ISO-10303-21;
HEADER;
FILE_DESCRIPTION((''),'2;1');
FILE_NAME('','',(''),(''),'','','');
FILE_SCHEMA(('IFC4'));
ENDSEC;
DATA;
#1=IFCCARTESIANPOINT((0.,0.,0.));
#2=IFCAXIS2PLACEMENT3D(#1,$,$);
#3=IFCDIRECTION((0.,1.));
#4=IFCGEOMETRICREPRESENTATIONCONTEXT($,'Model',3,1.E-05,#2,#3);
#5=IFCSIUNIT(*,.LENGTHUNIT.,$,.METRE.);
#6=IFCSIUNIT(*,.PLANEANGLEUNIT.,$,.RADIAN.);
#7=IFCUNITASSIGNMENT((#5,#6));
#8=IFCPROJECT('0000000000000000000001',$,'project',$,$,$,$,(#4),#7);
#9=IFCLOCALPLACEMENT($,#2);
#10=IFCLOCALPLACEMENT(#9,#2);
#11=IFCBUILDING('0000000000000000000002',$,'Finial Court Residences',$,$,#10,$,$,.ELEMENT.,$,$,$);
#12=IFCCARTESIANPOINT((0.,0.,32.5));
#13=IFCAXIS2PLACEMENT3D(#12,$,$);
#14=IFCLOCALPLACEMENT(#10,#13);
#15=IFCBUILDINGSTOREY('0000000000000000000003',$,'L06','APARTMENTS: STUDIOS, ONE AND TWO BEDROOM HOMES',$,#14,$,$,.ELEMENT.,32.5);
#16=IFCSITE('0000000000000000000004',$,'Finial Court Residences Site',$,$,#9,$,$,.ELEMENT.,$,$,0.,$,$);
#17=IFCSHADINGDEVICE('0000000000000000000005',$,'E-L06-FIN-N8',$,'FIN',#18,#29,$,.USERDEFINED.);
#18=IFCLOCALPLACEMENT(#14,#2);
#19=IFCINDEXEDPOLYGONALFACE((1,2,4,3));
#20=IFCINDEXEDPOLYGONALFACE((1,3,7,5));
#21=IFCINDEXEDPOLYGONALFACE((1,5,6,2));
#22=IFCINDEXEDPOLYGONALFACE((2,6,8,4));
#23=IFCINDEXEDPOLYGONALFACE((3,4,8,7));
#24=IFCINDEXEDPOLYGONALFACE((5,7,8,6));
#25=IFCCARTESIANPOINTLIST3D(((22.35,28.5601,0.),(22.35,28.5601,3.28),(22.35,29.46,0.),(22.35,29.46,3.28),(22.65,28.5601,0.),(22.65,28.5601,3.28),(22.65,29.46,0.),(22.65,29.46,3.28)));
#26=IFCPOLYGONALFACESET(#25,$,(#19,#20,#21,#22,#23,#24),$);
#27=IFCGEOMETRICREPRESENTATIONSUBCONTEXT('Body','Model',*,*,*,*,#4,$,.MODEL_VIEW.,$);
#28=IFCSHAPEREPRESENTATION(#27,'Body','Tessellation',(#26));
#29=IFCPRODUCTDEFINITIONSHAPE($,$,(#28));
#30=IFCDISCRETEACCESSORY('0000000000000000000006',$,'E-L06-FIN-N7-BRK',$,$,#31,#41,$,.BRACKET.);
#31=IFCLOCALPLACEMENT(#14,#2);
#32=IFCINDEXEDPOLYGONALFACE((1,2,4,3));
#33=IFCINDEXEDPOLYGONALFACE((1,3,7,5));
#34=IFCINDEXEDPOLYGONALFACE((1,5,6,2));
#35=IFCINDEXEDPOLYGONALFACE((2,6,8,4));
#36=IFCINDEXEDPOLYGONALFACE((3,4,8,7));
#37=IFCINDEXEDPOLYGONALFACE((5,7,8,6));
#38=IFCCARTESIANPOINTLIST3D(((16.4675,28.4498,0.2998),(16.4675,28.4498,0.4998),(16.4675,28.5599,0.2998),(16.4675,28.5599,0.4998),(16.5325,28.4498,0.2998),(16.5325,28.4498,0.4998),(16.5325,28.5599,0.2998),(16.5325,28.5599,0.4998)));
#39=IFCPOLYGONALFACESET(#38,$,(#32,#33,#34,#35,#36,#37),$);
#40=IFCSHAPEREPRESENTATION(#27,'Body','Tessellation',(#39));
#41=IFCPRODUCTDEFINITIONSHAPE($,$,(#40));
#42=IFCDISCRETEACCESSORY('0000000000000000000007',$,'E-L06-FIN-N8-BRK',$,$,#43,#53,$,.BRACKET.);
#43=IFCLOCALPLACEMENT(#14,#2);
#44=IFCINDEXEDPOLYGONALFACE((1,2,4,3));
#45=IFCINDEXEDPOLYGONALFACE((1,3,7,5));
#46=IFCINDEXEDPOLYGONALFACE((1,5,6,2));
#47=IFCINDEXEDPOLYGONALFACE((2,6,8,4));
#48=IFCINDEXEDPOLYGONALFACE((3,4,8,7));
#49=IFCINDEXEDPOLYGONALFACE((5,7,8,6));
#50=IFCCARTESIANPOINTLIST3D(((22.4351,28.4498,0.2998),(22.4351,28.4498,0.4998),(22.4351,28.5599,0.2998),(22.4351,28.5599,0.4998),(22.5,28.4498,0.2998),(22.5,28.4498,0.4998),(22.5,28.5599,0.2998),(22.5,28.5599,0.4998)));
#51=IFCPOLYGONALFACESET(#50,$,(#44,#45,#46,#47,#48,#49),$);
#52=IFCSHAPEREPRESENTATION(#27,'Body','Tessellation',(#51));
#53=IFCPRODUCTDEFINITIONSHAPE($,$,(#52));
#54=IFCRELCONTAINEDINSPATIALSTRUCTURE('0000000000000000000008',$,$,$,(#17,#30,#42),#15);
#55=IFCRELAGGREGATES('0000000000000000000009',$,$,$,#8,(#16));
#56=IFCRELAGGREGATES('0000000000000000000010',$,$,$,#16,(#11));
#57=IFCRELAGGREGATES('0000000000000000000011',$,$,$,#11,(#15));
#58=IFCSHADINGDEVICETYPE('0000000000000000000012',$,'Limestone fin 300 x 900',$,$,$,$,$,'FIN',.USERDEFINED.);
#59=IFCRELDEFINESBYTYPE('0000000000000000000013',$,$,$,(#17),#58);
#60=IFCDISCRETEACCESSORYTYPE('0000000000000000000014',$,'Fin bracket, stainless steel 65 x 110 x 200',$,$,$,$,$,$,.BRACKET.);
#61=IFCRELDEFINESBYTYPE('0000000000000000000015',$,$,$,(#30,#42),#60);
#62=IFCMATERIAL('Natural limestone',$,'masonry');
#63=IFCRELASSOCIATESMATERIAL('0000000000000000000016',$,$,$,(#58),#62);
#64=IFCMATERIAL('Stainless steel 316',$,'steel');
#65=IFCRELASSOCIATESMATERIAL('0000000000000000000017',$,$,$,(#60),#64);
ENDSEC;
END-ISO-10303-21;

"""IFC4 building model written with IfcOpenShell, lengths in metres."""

from ifc_helpers import new_model, si_unit, direction, frame, origin, origin_2d, place, context, subcontext, project, spatial, rectangle, extrude, material, type_object, element, save


model = new_model("IFC4")

# Units and contexts
model_context = context("Model", 3, precision=1e-05, world=origin(), true_north=direction((0.0, 1.0)))
body_context = subcontext(model_context, "Body", "Model", "MODEL_VIEW")
ifc_project = project(units=[si_unit("LENGTHUNIT", "METRE"), si_unit("PLANEANGLEUNIT", "RADIAN")], contexts=[model_context])

# Site, building, storey
site_placement = place(None, origin())
site = spatial("IfcSite", under=ifc_project, at=site_placement, Name="Finial Court Residences Site", CompositionType="ELEMENT", RefElevation=0.0)
building_placement = place(site_placement, origin())
building = spatial("IfcBuilding", under=site, at=building_placement, Name="Finial Court Residences", CompositionType="ELEMENT")
storey_placement = place(building_placement, frame((0.0, 0.0, 32.5)))
storey = spatial("IfcBuildingStorey", under=building, at=storey_placement, Name="L06", Description="APARTMENTS: STUDIOS, ONE AND TWO BEDROOM HOMES", CompositionType="ELEMENT", Elevation=32.5)

# Shared definitions
ifc_material_1 = material(Name="Natural limestone", Category="masonry")

# Shading device
shading_device_type = type_object("IfcShadingDeviceType", Name="Limestone fin 300 x 900", ElementType="FIN", PredefinedType="USERDEFINED", material=ifc_material_1)
for number, where, z_axis, x_axis, name in (
    (1, (22.5, 29.01, 0.0), (0.0, 0.0, 1.0), (1.0, 0.0, 0.0), "E-L06-FIN-N8"),
):
    element("IfcShadingDevice", number, at=place(storey_placement, frame(where, z_axis=z_axis, x_axis=x_axis)), inside=storey, type_object=shading_device_type, Name=name, ObjectType="FIN", PredefinedType="USERDEFINED", context=body_context, shape_type="SweptSolid", body=[
        extrude(rectangle(XDim=0.3, YDim=0.8999, at=origin_2d()), origin(), (0.0, 0.0, 1.0), 3.28),
    ])

# Discrete accessories
ifc_material_2 = material(Name="Stainless steel 316", Category="steel")
discrete_accessory_type = type_object("IfcDiscreteAccessoryType", Name="Fin bracket, stainless steel 65 x 110 x 200", PredefinedType="BRACKET", material=ifc_material_2)
for number, where, z_axis, x_axis, name in (
    (2, (16.5, 28.5049, 0.2998), (0.0, 0.0, 1.0), (1.0, 0.0, 0.0), "E-L06-FIN-N7-BRK"),
    (3, (22.4675, 28.5049, 0.2998), (0.0, 0.0, 1.0), (1.0, 0.0, 0.0), "E-L06-FIN-N8-BRK"),
):
    element("IfcDiscreteAccessory", number, at=place(storey_placement, frame(where, z_axis=z_axis, x_axis=x_axis)), inside=storey, type_object=discrete_accessory_type, Name=name, PredefinedType="BRACKET", context=body_context, shape_type="SweptSolid", body=[
        extrude(rectangle(XDim=0.0649, YDim=0.1101, at=origin_2d()), origin(), (0.0, 0.0, 1.0), 0.2),
    ])

save(model, "model.ifc")
